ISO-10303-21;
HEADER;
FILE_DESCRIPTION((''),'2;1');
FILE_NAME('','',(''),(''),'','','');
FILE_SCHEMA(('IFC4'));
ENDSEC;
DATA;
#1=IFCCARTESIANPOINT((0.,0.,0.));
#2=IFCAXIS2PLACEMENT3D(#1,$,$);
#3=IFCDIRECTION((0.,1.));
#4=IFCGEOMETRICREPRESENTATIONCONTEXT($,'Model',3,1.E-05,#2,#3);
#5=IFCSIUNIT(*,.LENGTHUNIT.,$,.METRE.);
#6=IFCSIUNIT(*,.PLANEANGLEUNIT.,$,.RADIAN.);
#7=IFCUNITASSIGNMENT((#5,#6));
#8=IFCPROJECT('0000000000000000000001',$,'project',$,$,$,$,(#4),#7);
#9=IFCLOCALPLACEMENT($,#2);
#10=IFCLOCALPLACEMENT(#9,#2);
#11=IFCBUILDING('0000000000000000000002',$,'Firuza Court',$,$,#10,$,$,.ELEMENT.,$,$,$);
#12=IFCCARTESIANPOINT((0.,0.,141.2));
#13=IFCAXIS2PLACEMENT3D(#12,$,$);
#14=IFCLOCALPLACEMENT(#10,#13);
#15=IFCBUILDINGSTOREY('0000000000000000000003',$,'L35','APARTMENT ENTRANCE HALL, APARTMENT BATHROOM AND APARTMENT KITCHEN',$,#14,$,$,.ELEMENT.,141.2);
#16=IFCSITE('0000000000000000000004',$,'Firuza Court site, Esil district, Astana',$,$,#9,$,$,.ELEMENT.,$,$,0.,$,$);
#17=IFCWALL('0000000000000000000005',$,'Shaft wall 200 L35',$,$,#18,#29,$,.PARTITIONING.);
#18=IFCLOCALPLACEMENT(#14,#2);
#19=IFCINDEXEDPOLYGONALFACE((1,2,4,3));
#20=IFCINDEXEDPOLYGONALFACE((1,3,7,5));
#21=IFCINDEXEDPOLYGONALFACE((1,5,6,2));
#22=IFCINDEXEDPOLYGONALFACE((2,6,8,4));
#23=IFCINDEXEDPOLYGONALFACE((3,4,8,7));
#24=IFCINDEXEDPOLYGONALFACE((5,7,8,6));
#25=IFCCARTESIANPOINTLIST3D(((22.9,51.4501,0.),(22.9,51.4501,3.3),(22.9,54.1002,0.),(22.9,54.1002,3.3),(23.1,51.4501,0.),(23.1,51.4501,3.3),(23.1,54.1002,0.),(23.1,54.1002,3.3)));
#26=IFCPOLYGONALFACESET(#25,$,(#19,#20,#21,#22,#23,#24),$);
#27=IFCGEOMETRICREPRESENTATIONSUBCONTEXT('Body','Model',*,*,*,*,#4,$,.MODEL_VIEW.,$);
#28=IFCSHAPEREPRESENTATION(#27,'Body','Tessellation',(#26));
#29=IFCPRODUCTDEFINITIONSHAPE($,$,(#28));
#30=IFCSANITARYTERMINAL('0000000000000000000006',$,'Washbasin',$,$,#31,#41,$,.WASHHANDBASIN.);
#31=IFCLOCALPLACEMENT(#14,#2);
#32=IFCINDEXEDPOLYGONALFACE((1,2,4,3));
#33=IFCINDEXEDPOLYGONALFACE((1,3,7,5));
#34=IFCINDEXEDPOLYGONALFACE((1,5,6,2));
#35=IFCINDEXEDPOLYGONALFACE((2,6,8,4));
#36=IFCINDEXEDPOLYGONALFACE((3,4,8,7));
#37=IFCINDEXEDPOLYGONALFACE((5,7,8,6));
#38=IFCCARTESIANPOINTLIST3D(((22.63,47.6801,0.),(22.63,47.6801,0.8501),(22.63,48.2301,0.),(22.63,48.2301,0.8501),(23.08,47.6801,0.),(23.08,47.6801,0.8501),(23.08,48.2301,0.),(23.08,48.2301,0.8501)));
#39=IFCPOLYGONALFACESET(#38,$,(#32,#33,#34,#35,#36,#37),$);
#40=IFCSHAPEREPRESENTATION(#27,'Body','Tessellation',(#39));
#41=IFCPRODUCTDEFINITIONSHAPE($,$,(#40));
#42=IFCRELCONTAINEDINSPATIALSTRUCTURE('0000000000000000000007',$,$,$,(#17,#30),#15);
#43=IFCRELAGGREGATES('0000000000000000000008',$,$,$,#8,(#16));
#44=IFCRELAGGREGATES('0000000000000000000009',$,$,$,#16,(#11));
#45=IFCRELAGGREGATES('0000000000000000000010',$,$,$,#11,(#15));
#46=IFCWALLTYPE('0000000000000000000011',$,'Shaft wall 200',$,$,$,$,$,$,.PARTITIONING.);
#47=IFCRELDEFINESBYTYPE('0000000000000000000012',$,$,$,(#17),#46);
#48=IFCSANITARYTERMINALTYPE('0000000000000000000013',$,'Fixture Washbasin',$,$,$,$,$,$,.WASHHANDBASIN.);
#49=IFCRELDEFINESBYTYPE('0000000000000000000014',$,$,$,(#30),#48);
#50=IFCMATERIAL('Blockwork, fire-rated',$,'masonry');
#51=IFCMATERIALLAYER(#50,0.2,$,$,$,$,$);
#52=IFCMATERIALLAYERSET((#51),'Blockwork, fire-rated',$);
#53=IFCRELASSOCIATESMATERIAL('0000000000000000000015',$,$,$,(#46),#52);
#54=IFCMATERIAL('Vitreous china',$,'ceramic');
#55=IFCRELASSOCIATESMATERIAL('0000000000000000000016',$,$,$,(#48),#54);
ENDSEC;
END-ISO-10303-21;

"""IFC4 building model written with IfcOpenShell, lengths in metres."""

from ifc_helpers import new_model, si_unit, direction, frame, frame_2d, origin, origin_2d, place, context, subcontext, project, spatial, rectangle, extrude, material, layer, layer_set, type_object, element, save


model = new_model("IFC4")

# Units and contexts
model_context = context("Model", 3, precision=1e-05, world=origin(), true_north=direction((0.0, 1.0)))
body_context = subcontext(model_context, "Body", "Model", "MODEL_VIEW")
ifc_project = project(units=[si_unit("LENGTHUNIT", "METRE"), si_unit("PLANEANGLEUNIT", "RADIAN")], contexts=[model_context])

# Site, building, storey
site_placement = place(None, origin())
site = spatial("IfcSite", under=ifc_project, at=site_placement, Name="Firuza Court site, Esil district, Astana", CompositionType="ELEMENT", RefElevation=0.0)
building_placement = place(site_placement, origin())
building = spatial("IfcBuilding", under=site, at=building_placement, Name="Firuza Court", CompositionType="ELEMENT")
storey_placement = place(building_placement, frame((0.0, 0.0, 141.2)))
storey = spatial("IfcBuildingStorey", under=building, at=storey_placement, Name="L35", Description="APARTMENT ENTRANCE HALL, APARTMENT BATHROOM AND APARTMENT KITCHEN", CompositionType="ELEMENT", Elevation=141.2)

# Shared definitions
ifc_material_1 = material(Name="Blockwork, fire-rated", Category="masonry")

# Shared definitions
ifc_layer_1 = layer(ifc_material_1, 0.2)
ifc_layer_set_1 = layer_set([ifc_layer_1], Name="Blockwork, fire-rated")
wall_type_1 = type_object("IfcWallType", Name="Shaft wall 200", PredefinedType="PARTITIONING", material=ifc_layer_set_1)

# Wall
wall_1_placement = place(storey_placement, frame((23.0, 51.45, 0.0), z_axis=(0.0, 0.0, 1.0), x_axis=(0.0, 1.0, 0.0)))
element("IfcWall", 1, at=wall_1_placement, inside=storey, type_object=wall_type_1, Name="Shaft wall 200 L35", PredefinedType="PARTITIONING", context=body_context, shape_type="SweptSolid", body=[
    extrude(rectangle(XDim=2.6501, YDim=0.2, at=frame_2d((1.3252, 0.0))), origin(), (0.0, 0.0, 1.0), 3.3),
])

# Sanitary terminal
ifc_material_2 = material(Name="Vitreous china", Category="ceramic")
sanitary_terminal_type = type_object("IfcSanitaryTerminalType", Name="Fixture Washbasin", PredefinedType="WASHHANDBASIN", material=ifc_material_2)
sanitary_terminal_placement = place(storey_placement, frame((22.855, 47.9551, 0.0), z_axis=(0.0, 0.0, 1.0), x_axis=(1.0, 0.0, 0.0)))
element("IfcSanitaryTerminal", 2, at=sanitary_terminal_placement, inside=storey, type_object=sanitary_terminal_type, Name="Washbasin", PredefinedType="WASHHANDBASIN", context=body_context, shape_type="SweptSolid", body=[
    extrude(rectangle(XDim=0.45, YDim=0.55, at=origin_2d()), origin(), (0.0, 0.0, 1.0), 0.8501),
])

save(model, "model.ifc")
